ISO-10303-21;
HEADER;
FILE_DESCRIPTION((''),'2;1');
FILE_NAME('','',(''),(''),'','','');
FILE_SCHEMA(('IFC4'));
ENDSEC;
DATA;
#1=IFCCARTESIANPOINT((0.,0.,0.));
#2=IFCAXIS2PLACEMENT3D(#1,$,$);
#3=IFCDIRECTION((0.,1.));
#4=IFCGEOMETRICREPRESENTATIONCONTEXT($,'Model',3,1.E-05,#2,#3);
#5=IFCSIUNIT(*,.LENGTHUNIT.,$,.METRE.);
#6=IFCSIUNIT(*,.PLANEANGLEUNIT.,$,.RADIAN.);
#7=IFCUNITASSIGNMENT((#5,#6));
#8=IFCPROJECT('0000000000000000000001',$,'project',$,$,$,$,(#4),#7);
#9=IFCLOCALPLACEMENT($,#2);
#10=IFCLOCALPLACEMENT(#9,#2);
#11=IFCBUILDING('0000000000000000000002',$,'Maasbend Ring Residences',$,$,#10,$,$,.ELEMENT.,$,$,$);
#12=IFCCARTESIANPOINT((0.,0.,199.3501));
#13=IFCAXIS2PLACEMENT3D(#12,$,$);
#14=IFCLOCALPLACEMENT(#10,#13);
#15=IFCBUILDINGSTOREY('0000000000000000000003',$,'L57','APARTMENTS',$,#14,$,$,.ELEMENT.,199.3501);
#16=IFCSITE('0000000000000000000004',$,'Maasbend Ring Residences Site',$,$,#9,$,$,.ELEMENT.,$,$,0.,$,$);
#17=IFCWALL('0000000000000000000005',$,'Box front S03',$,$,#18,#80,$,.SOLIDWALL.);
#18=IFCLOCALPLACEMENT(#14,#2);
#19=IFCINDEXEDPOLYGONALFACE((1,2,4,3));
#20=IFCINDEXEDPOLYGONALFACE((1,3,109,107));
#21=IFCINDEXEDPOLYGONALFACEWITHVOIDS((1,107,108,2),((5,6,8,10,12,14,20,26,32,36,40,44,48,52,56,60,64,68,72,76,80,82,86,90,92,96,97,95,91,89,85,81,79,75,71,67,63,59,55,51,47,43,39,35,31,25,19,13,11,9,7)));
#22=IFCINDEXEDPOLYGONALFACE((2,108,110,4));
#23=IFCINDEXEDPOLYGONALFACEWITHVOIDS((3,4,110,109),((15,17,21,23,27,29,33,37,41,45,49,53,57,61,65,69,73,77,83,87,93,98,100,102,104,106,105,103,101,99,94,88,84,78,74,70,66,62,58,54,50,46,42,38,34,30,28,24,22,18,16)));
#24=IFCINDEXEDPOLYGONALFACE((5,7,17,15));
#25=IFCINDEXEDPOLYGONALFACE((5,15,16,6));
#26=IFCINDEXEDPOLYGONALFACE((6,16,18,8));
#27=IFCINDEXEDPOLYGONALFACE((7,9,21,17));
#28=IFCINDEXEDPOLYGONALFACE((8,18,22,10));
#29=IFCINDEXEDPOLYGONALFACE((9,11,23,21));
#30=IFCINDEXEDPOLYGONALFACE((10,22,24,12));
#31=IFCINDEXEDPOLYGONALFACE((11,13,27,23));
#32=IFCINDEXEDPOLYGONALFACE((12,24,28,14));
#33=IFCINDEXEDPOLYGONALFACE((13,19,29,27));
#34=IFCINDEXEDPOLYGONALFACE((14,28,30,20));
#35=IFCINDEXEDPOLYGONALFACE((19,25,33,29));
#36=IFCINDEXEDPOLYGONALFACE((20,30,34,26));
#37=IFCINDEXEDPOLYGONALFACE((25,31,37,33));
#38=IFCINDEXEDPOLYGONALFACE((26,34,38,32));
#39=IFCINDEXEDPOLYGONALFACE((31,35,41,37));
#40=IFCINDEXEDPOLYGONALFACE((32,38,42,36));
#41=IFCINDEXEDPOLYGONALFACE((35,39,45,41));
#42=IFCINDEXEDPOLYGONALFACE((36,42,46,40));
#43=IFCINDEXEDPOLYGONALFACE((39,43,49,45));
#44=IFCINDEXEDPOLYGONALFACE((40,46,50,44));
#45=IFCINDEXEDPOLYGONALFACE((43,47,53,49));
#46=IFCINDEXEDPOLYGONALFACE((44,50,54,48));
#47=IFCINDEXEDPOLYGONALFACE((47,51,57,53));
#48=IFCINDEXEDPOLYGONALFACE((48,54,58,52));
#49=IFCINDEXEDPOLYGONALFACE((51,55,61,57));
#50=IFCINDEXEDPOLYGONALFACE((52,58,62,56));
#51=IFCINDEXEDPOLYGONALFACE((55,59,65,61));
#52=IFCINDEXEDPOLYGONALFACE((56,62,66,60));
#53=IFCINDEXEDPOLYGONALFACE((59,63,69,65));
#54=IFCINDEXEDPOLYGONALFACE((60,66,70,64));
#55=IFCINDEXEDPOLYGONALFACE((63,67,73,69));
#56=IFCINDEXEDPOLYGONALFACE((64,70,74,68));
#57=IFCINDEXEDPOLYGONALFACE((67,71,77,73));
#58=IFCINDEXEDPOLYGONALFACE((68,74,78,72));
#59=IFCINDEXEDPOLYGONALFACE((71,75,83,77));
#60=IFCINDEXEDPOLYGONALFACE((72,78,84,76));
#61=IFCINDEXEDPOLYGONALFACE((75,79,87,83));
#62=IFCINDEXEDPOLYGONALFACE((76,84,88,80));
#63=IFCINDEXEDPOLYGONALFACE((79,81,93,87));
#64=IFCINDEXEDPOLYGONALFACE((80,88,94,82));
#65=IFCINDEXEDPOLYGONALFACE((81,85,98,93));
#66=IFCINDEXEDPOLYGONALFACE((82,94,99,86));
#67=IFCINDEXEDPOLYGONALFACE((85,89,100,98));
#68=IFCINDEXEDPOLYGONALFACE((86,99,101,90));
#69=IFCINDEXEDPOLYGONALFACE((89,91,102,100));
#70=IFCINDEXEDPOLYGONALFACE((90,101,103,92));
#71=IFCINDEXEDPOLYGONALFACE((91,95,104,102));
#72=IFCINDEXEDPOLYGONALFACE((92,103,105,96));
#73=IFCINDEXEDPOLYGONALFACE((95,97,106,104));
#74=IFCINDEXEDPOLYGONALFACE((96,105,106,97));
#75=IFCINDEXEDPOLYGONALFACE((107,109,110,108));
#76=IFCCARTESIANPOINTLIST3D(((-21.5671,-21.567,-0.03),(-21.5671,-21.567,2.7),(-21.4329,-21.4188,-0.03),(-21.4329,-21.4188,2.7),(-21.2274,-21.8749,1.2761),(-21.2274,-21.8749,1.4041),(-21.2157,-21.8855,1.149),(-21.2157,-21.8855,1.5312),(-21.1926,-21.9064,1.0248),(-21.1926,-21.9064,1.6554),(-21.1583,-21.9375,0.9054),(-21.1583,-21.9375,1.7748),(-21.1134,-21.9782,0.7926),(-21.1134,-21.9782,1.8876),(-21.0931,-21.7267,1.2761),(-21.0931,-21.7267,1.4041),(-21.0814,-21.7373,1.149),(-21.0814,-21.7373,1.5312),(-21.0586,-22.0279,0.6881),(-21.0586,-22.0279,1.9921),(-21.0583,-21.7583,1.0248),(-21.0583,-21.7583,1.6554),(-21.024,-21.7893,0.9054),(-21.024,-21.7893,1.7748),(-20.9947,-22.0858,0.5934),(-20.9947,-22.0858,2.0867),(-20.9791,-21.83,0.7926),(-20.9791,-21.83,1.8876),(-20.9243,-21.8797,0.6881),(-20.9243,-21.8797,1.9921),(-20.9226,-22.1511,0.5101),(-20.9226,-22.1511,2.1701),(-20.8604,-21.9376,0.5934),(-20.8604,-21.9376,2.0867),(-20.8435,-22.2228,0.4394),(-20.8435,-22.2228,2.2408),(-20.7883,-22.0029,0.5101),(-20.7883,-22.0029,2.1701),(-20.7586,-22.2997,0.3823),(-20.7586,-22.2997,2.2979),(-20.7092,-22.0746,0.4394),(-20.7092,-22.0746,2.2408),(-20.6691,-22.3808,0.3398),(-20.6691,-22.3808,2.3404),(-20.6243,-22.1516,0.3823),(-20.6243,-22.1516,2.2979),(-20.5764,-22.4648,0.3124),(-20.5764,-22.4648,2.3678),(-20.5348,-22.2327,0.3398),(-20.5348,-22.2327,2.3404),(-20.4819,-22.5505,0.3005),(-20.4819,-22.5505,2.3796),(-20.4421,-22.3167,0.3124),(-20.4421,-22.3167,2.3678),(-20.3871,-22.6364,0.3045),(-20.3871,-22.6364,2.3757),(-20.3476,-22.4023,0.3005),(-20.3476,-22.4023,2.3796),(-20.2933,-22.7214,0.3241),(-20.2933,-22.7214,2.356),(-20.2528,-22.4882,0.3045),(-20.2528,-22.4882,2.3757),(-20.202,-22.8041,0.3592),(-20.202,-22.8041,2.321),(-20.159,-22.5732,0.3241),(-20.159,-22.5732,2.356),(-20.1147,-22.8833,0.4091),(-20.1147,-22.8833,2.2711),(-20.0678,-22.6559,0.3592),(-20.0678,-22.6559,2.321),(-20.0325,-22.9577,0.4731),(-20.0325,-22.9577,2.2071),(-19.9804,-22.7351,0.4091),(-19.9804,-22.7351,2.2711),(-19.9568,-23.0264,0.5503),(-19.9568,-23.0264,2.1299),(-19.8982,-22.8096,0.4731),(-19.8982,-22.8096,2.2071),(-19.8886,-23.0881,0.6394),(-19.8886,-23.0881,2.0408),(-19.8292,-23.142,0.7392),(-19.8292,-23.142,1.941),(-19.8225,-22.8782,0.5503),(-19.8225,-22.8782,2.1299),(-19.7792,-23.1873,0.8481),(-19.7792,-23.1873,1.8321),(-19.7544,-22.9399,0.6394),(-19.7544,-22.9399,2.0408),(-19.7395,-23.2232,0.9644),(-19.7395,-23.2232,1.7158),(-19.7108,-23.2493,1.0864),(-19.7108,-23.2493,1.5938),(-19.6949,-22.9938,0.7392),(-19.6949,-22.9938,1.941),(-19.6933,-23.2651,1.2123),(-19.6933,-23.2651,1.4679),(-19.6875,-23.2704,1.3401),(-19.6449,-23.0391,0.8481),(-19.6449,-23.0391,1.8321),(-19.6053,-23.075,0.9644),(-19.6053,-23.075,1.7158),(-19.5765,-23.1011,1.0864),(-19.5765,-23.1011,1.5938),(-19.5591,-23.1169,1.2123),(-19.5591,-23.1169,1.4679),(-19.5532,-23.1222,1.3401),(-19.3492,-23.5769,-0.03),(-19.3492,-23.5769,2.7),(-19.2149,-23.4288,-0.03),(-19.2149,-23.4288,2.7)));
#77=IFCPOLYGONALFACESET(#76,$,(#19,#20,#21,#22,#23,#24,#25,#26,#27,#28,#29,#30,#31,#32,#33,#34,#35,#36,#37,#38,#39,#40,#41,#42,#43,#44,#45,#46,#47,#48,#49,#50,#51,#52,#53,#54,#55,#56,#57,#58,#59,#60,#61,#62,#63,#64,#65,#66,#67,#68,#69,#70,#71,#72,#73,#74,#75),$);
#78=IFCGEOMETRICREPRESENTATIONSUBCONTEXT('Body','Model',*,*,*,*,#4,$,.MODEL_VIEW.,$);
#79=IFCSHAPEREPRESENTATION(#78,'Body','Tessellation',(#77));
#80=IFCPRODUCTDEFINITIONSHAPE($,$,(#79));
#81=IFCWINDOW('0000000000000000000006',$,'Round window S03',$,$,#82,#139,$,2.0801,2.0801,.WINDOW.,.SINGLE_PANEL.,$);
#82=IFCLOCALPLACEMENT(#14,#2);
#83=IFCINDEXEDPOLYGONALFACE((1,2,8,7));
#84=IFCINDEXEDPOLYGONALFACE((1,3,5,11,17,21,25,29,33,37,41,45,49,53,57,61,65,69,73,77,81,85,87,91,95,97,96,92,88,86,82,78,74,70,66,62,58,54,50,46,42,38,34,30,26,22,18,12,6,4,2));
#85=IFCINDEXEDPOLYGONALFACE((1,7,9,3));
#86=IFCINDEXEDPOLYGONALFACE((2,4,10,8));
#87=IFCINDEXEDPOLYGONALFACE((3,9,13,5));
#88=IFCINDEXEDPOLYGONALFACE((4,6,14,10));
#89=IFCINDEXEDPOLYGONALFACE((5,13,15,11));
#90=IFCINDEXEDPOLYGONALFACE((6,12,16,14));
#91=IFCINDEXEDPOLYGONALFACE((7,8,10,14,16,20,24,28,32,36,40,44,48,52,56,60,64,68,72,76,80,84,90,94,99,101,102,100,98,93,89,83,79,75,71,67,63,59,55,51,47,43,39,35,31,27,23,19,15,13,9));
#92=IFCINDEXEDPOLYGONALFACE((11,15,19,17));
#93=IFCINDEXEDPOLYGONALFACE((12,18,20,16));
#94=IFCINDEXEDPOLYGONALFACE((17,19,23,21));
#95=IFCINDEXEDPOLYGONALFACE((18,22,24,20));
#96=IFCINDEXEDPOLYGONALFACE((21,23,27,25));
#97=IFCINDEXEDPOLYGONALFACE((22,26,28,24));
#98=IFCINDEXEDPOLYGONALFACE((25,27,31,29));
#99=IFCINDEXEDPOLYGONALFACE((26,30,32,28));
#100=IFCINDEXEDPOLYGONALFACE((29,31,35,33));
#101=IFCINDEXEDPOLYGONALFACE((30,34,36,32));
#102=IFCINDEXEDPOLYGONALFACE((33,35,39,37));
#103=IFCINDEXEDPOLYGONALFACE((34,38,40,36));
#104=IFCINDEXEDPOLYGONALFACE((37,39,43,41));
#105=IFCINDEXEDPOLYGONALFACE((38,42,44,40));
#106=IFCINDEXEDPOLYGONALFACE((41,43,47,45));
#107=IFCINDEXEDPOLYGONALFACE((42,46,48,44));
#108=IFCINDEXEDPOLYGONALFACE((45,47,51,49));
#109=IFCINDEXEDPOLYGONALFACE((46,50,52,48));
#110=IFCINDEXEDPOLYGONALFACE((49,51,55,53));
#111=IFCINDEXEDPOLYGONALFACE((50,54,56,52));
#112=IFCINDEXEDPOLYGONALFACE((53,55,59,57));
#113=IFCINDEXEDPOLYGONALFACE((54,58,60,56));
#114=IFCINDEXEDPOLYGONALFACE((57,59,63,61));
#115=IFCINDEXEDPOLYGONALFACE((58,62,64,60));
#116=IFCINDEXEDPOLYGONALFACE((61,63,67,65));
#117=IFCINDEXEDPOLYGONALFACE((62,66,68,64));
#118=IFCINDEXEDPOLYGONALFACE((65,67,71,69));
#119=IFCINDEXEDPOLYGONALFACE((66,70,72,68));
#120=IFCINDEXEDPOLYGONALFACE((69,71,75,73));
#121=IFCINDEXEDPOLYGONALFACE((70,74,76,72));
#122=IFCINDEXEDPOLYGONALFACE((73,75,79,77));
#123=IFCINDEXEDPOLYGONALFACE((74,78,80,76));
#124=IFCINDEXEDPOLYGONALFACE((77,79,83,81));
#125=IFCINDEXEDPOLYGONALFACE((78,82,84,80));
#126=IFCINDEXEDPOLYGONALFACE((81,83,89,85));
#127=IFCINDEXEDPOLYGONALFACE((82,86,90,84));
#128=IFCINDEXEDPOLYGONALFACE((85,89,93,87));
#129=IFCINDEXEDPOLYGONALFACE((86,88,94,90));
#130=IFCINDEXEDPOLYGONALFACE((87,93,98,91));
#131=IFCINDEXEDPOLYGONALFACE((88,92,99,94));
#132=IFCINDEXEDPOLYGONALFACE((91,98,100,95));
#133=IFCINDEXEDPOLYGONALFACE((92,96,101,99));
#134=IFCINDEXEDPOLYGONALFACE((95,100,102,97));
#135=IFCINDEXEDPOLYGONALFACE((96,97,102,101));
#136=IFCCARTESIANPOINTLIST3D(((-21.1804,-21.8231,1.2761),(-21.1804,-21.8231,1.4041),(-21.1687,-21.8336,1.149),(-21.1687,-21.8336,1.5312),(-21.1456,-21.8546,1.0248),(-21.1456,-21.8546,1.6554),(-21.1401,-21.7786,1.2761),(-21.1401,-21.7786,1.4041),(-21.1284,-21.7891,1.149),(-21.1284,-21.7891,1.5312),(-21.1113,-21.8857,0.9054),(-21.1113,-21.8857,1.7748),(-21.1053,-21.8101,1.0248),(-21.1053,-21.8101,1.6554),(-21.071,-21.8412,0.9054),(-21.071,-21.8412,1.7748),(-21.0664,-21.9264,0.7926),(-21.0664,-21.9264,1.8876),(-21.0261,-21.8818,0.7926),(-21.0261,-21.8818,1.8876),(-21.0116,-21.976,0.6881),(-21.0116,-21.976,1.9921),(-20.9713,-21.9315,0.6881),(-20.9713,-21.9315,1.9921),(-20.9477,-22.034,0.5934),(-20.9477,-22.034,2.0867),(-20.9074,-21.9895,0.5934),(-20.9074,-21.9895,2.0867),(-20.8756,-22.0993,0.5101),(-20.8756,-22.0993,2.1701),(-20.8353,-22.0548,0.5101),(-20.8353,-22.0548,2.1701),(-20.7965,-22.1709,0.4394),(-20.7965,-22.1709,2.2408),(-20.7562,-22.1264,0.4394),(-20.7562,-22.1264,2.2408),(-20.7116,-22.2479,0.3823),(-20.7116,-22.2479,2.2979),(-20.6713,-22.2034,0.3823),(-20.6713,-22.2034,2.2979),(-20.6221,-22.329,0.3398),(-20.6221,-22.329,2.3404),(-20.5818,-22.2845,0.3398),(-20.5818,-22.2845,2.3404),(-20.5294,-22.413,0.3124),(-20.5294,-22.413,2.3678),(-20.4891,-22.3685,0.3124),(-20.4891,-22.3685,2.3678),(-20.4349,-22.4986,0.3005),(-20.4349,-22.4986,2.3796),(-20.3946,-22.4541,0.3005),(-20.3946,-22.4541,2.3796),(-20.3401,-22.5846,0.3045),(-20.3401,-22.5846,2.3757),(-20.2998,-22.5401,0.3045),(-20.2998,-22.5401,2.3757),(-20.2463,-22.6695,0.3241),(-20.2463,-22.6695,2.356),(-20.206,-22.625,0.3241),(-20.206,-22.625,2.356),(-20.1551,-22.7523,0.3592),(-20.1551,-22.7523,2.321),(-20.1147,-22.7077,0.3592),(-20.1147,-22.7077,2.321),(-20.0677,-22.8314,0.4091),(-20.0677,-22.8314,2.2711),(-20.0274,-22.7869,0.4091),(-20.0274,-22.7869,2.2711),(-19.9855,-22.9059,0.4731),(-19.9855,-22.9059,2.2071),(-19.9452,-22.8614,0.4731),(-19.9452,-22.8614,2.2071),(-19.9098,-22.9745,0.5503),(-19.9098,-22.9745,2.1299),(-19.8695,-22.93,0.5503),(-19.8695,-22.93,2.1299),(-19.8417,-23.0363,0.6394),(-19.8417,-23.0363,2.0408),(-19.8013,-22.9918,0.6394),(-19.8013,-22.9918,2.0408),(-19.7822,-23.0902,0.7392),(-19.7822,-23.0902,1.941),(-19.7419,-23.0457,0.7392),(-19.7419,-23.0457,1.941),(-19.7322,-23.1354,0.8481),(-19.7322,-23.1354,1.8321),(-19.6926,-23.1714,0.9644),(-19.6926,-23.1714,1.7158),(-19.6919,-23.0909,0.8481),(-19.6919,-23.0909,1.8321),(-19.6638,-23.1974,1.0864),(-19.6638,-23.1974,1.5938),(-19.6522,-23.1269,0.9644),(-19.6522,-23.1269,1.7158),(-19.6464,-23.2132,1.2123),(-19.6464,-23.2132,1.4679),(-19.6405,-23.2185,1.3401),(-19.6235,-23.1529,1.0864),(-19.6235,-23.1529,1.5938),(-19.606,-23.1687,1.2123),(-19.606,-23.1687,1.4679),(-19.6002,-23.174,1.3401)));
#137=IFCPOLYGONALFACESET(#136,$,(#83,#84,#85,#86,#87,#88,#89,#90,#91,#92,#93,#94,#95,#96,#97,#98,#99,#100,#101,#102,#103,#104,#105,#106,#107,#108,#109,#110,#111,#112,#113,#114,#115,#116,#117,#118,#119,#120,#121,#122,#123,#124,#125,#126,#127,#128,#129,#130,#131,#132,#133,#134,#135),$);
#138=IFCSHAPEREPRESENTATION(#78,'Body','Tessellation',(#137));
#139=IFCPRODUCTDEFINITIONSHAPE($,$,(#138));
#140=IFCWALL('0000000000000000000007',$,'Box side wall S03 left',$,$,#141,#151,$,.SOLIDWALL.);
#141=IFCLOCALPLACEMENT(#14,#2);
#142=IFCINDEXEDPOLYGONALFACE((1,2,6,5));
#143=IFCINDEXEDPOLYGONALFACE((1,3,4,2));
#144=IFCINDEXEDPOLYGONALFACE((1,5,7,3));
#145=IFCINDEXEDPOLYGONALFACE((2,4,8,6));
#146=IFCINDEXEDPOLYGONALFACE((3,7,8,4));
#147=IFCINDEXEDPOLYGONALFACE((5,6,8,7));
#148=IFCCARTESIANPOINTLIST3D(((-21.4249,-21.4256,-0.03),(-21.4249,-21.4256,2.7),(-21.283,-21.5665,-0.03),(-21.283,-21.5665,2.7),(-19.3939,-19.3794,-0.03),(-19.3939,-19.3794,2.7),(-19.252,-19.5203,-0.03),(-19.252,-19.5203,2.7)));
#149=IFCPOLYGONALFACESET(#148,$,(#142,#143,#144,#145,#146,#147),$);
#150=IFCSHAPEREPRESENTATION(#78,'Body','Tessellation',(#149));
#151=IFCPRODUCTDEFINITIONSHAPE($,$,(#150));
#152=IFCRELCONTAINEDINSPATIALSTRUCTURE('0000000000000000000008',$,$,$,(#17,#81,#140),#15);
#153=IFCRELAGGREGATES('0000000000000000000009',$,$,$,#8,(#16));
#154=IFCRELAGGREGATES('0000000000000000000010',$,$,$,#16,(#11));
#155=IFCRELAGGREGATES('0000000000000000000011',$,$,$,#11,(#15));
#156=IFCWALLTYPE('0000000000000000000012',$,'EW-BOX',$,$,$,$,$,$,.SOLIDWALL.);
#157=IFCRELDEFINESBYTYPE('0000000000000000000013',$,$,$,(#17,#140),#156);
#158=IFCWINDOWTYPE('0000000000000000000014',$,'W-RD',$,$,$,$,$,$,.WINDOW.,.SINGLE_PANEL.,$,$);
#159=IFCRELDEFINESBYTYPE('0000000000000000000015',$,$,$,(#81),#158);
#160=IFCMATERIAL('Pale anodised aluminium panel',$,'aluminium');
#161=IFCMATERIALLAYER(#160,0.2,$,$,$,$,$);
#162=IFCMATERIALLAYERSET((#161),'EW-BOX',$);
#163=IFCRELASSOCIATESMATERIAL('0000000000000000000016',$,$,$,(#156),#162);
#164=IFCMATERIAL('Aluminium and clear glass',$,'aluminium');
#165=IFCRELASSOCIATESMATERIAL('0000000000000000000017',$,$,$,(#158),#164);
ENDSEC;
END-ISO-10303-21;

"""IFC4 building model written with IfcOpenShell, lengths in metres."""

from ifc_helpers import new_model, si_unit, direction, frame, frame_2d, origin, place, context, subcontext, project, spatial, rectangle, circle, extrude, material, layer, layer_set, type_object, element, fill, save


model = new_model("IFC4")

# Units and contexts
model_context = context("Model", 3, precision=1e-05, world=origin(), true_north=direction((0.0, 1.0)))
body_context = subcontext(model_context, "Body", "Model", "MODEL_VIEW")
ifc_project = project(units=[si_unit("LENGTHUNIT", "METRE"), si_unit("PLANEANGLEUNIT", "RADIAN")], contexts=[model_context])

# Site, building, storey
site_placement = place(None, origin())
site = spatial("IfcSite", under=ifc_project, at=site_placement, Name="Maasbend Ring Residences Site", CompositionType="ELEMENT", RefElevation=0.0)
building_placement = place(site_placement, origin())
building = spatial("IfcBuilding", under=site, at=building_placement, Name="Maasbend Ring Residences", CompositionType="ELEMENT")
storey_placement = place(building_placement, frame((0.0, 0.0, 199.3501)))
storey = spatial("IfcBuildingStorey", under=building, at=storey_placement, Name="L57", Description="APARTMENTS", CompositionType="ELEMENT", Elevation=199.3501)

# Shared definitions
ifc_material_1 = material(Name="Pale anodised aluminium panel", Category="aluminium")
ifc_layer_1 = layer(ifc_material_1, 0.2)
ifc_layer_set_1 = layer_set([ifc_layer_1], Name="EW-BOX")
wall_type_1 = type_object("IfcWallType", Name="EW-BOX", PredefinedType="SOLIDWALL", material=ifc_layer_set_1)
ifc_material_2 = material(Name="Aluminium and clear glass", Category="aluminium")
window_type_1 = type_object("IfcWindowType", Name="W-RD", PartitioningType="SINGLE_PANEL", PredefinedType="WINDOW", material=ifc_material_2)

# Wall, opening, window
wall_1_placement = place(storey_placement, frame((-21.5, -21.4929, -0.03), z_axis=(0.0, 0.0, 1.0), x_axis=(0.740998, -0.671507, 0.0)))
wall_1 = element("IfcWall", 1, at=wall_1_placement, inside=storey, type_object=wall_type_1, Name="Box front S03", PredefinedType="SOLIDWALL", context=body_context, shape_type="SweptSolid", body=[
    extrude(rectangle(XDim=2.9932, YDim=0.2, at=frame_2d((1.4966, 0.0))), origin(), (0.0, 0.0, 1.0), 2.73),
])
opening_1_placement = place(wall_1_placement, frame((0.4565, 0.0, 0.3301)))
opening_1 = element("IfcOpeningElement", 2, at=opening_1_placement, cuts=wall_1, PredefinedType="OPENING", context=body_context, shape_type="SweptSolid", body=[
    extrude(circle(Radius=1.04, at=frame_2d((1.04, 1.04))), frame((0.0, 0.1099, 0.0), z_axis=(0.0, -1.0, 0.0), x_axis=(1.0, 0.0, 0.0)), (0.0, 0.0, 1.0), 0.22),
])
window_1_placement = place(opening_1_placement, origin())
window_1 = element("IfcWindow", 3, at=window_1_placement, inside=storey, type_object=window_type_1, Name="Round window S03", OverallHeight=2.0801, OverallWidth=2.0801, PartitioningType="SINGLE_PANEL", PredefinedType="WINDOW", context=body_context, shape_type="SweptSolid", body=[
    extrude(circle(Radius=1.04, at=frame_2d((1.04, 1.04))), frame((0.0, 0.03, 0.0), z_axis=(0.0, -1.0, 0.0), x_axis=(1.0, 0.0, 0.0)), (0.0, 0.0, 1.0), 0.0601),
])
fill(opening_1, window_1)

# Wall
wall_2_placement = place(storey_placement, frame((-19.323, -19.45, -0.03), z_axis=(0.0, 0.0, 1.0), x_axis=(-0.704477, -0.709727, 0.0)))
element("IfcWall", 4, at=wall_2_placement, inside=storey, type_object=wall_type_1, Name="Box side wall S03 left", PredefinedType="SOLIDWALL", context=body_context, shape_type="SweptSolid", body=[
    extrude(rectangle(XDim=2.8831, YDim=0.2, at=frame_2d((1.4414, 0.0))), origin(), (0.0, 0.0, 1.0), 2.73),
])

save(model, "model.ifc")
